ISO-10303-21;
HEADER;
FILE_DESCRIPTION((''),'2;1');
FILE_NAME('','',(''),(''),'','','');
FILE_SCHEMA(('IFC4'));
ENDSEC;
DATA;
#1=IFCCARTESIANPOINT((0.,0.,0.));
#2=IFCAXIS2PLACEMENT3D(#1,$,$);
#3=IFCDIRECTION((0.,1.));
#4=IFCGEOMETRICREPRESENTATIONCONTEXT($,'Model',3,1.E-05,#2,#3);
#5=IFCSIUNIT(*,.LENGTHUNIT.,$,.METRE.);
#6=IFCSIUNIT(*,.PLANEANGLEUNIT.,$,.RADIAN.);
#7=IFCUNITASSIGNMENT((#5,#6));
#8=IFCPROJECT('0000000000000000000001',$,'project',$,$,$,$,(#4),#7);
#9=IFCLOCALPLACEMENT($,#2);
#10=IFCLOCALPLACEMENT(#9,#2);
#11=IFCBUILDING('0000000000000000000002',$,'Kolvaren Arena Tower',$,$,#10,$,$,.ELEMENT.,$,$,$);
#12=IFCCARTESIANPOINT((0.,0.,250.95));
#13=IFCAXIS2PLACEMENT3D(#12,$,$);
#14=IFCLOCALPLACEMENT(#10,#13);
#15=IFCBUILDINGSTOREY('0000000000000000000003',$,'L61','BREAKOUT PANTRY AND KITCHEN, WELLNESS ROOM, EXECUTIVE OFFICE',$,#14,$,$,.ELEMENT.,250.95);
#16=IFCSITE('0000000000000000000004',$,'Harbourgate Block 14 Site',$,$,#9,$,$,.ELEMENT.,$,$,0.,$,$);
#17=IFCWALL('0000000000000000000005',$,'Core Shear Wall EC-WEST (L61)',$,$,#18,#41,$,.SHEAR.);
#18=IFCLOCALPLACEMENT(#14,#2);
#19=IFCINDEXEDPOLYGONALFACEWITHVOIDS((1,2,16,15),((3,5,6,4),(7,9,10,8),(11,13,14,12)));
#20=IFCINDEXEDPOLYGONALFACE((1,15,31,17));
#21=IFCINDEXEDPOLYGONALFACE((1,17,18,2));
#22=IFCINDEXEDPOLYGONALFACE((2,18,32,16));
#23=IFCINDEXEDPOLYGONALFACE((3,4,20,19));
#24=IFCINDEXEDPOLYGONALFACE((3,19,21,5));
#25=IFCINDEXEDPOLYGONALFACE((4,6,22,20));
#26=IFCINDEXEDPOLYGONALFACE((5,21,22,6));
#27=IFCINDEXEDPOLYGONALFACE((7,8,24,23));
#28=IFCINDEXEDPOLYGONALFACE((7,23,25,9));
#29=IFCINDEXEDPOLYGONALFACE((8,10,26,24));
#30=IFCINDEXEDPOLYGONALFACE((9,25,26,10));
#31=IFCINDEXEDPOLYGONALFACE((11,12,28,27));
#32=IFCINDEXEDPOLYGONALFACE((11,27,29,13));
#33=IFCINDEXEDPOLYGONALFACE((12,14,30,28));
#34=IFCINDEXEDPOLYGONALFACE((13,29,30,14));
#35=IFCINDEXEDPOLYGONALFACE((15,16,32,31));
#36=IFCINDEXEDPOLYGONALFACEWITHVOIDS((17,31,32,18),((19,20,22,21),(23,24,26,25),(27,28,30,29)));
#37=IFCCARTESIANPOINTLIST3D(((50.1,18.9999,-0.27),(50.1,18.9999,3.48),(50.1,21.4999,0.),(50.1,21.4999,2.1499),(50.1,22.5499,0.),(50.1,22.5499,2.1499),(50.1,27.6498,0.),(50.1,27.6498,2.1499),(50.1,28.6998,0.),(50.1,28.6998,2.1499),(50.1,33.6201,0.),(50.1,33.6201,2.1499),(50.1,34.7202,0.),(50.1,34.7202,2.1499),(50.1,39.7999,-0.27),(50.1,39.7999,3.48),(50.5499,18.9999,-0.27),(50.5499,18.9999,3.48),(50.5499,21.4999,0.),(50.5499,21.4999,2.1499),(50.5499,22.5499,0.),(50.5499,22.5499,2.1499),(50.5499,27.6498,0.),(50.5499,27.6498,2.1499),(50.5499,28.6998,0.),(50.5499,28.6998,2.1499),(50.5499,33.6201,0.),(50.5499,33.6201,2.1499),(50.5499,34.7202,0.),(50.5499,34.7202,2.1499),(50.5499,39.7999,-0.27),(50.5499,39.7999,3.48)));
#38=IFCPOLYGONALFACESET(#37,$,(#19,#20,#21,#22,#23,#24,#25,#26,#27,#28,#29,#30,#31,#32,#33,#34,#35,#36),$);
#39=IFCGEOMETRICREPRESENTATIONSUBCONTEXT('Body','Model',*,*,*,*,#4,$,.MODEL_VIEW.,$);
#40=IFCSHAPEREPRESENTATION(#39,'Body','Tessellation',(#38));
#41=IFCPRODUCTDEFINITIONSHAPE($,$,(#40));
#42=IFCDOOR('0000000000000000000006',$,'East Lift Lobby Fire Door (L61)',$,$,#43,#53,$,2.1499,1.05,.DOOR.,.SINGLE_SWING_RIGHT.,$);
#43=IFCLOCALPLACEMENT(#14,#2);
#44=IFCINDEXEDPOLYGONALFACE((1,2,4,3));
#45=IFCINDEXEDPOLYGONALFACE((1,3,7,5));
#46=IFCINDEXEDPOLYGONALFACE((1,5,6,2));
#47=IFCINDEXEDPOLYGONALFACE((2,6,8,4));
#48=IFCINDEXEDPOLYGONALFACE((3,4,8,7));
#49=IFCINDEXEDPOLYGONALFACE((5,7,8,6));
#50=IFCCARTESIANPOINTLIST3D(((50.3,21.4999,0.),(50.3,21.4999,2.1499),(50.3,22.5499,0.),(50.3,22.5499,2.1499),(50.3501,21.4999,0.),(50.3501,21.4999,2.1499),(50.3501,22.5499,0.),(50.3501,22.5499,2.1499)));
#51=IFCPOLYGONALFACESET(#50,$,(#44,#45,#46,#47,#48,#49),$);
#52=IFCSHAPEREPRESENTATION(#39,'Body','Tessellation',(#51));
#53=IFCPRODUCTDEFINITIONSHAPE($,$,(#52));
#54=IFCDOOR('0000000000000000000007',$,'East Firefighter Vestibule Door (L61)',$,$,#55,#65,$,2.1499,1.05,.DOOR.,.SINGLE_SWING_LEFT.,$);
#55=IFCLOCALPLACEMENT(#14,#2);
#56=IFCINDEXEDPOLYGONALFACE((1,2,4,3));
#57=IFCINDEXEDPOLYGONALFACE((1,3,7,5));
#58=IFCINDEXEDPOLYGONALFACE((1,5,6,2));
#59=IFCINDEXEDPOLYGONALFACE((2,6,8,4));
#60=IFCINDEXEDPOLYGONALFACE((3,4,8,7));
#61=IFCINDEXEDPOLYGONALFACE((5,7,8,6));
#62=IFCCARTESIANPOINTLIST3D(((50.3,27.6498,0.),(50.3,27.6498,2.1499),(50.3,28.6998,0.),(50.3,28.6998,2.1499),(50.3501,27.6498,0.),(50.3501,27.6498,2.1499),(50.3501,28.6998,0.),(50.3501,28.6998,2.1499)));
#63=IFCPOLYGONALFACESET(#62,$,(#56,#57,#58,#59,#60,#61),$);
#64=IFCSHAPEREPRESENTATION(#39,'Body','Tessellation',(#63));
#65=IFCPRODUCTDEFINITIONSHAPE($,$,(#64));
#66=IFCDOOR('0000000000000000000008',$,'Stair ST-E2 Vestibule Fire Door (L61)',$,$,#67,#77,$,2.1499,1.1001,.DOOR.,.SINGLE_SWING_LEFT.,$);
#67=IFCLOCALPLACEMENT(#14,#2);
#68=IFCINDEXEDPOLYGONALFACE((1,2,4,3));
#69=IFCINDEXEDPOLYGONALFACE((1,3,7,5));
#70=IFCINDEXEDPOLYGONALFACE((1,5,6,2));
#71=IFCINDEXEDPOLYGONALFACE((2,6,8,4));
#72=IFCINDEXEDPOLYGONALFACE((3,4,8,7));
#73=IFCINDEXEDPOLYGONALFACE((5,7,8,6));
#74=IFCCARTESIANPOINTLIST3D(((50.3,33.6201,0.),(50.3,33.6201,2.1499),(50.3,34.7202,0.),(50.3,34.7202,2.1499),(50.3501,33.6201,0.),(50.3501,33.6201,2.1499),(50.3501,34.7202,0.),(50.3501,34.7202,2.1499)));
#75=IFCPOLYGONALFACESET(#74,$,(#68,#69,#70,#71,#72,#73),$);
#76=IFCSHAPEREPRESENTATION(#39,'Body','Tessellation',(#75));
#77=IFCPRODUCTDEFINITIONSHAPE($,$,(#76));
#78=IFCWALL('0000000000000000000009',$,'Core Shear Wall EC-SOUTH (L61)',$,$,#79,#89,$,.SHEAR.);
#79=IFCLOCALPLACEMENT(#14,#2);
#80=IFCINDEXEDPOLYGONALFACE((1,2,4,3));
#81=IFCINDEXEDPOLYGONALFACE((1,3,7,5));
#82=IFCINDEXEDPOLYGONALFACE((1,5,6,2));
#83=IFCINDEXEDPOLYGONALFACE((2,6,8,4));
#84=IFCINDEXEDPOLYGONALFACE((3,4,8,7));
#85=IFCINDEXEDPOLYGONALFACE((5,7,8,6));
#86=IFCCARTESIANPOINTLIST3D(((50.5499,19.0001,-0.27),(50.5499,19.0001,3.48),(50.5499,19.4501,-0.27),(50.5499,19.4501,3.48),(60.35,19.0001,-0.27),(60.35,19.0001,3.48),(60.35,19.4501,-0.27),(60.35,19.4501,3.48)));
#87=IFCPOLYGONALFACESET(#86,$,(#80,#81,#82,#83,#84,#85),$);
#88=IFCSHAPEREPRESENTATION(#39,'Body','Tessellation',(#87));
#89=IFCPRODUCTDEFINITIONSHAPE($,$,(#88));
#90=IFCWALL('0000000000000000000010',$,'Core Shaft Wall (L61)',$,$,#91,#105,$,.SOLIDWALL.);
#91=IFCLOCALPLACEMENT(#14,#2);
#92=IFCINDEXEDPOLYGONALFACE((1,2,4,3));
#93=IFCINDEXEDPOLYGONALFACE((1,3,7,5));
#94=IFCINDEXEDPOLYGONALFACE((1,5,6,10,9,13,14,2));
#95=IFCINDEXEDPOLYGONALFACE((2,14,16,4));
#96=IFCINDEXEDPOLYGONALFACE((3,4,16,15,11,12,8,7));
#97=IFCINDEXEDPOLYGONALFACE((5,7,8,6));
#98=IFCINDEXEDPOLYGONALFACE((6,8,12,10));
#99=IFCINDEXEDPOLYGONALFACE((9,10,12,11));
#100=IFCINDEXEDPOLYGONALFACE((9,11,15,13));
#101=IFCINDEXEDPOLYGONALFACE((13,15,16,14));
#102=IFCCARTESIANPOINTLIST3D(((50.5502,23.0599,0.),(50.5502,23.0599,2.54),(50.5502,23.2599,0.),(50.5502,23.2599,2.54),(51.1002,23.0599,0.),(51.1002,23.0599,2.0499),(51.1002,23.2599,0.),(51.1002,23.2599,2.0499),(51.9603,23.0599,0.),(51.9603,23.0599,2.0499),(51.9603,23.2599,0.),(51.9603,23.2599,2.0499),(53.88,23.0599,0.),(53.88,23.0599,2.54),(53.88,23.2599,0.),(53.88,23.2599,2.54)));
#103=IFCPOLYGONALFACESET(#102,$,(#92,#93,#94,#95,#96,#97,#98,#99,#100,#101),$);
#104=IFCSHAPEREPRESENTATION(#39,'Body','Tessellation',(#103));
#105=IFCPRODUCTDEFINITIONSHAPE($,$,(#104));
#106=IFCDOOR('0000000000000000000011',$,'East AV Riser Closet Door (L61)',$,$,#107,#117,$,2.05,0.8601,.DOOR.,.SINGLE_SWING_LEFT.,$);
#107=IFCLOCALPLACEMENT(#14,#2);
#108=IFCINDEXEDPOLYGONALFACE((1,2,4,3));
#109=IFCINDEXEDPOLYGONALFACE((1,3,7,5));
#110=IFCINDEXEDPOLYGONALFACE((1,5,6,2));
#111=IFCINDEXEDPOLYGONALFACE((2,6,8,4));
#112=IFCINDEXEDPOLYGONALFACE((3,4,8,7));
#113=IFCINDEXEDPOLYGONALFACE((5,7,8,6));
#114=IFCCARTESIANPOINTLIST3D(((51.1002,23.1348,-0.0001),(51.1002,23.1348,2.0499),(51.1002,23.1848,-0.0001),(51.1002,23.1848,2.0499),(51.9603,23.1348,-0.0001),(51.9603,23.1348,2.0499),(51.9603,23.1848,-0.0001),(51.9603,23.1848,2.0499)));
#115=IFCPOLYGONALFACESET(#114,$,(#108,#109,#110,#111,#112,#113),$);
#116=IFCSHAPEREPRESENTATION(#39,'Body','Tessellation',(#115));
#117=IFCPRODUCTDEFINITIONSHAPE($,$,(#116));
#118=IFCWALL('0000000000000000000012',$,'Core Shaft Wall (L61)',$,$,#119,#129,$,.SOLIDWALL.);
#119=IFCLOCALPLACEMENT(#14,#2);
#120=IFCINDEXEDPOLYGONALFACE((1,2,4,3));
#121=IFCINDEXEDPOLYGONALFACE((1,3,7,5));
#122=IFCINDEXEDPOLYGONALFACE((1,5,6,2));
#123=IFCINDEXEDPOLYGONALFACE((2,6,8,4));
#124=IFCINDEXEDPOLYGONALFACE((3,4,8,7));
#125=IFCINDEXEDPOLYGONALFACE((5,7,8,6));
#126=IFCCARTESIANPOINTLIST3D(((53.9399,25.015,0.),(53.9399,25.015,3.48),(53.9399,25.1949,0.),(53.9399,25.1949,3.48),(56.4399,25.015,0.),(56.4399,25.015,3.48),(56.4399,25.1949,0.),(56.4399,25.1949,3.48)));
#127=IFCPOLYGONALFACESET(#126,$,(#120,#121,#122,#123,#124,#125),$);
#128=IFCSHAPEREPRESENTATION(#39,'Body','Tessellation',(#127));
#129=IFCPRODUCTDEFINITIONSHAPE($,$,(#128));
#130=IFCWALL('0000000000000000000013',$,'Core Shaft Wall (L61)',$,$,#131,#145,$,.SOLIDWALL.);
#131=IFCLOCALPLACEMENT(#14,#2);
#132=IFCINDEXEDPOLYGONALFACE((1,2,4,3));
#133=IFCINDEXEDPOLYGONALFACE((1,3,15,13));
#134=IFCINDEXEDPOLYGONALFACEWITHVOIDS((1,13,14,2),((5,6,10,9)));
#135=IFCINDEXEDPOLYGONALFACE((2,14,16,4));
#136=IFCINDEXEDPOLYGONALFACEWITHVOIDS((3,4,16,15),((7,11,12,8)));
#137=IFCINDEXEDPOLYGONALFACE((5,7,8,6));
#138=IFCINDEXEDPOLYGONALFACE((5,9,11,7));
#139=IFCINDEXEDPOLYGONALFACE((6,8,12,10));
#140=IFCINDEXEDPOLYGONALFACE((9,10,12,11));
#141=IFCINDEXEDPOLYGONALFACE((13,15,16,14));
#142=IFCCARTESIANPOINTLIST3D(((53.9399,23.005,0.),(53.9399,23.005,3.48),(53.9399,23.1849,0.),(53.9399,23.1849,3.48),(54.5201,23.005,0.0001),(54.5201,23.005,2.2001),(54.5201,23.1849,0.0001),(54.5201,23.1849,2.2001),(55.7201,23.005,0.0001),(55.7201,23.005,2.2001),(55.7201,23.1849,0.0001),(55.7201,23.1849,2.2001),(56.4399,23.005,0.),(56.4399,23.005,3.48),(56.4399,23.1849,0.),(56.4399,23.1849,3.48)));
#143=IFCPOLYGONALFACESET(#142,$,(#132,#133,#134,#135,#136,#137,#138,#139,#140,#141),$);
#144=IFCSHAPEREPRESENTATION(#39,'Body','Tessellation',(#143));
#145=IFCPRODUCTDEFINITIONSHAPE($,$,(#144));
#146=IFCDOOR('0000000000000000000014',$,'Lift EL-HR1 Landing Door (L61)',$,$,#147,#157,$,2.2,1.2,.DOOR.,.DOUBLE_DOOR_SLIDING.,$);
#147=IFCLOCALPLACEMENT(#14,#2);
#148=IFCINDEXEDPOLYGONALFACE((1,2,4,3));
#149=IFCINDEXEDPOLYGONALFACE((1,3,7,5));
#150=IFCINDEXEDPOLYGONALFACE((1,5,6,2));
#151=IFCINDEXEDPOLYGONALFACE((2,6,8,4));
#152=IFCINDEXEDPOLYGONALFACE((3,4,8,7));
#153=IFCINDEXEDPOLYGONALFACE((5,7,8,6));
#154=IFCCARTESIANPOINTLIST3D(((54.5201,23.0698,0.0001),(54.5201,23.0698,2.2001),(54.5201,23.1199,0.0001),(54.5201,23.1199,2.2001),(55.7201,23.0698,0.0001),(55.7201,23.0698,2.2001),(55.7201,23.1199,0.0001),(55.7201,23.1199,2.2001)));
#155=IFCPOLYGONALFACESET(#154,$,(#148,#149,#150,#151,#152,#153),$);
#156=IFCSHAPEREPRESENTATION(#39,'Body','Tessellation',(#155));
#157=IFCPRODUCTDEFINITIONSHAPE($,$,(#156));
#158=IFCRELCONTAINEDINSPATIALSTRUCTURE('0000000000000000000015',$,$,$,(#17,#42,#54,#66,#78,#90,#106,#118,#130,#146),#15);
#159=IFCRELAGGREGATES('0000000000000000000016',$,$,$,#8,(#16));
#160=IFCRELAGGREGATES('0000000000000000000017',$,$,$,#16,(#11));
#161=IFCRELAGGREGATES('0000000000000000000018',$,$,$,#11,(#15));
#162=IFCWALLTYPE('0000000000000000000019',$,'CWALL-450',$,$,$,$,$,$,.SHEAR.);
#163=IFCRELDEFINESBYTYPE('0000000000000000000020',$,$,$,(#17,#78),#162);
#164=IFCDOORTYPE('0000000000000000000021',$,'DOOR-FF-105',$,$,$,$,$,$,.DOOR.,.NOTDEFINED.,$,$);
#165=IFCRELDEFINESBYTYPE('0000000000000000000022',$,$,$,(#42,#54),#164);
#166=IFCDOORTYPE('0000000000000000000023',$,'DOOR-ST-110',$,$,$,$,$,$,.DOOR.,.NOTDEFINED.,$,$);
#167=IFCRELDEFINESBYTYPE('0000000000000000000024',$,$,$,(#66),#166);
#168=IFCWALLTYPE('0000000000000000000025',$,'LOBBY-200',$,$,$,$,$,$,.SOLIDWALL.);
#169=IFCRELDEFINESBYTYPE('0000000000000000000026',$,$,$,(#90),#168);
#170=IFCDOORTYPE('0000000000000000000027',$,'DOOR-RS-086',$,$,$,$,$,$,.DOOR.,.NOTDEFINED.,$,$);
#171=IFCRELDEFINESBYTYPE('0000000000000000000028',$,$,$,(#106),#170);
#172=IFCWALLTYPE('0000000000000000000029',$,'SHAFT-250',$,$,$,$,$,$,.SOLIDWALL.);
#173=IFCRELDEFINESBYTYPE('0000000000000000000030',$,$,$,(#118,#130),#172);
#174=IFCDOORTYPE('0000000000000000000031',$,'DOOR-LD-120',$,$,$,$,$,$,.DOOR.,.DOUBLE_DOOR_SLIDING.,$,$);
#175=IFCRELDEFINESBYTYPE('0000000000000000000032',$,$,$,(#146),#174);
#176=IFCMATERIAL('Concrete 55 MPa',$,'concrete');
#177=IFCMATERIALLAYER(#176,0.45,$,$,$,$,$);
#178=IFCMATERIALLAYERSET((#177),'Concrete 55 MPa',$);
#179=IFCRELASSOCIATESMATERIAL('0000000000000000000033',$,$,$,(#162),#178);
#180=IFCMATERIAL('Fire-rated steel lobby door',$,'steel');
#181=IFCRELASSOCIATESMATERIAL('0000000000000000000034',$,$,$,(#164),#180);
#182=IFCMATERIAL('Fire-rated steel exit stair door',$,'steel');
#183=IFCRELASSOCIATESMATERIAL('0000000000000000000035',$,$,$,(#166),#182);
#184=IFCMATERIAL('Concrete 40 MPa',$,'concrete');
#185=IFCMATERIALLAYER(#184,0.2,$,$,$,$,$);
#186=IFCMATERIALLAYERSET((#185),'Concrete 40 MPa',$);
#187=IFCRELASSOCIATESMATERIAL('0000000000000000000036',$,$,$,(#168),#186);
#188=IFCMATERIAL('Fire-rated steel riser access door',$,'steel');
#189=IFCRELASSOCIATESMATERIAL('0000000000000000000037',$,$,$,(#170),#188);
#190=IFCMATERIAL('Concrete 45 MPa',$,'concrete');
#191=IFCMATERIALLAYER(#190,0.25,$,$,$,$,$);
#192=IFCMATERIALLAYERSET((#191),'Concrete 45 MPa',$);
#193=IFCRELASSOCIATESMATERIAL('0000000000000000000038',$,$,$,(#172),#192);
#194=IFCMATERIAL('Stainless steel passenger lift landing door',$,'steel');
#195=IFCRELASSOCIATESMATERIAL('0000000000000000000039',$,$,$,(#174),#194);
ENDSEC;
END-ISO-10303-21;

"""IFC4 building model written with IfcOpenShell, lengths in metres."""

from ifc_helpers import new_model, si_unit, direction, frame, frame_2d, origin, place, context, subcontext, project, spatial, rectangle, extrude, material, layer, layer_set, type_object, element, fill, save


model = new_model("IFC4")

# Units and contexts
model_context = context("Model", 3, precision=1e-05, world=origin(), true_north=direction((0.0, 1.0)))
body_context = subcontext(model_context, "Body", "Model", "MODEL_VIEW")
ifc_project = project(units=[si_unit("LENGTHUNIT", "METRE"), si_unit("PLANEANGLEUNIT", "RADIAN")], contexts=[model_context])

# Site, building, storey
site_placement = place(None, origin())
site = spatial("IfcSite", under=ifc_project, at=site_placement, Name="Harbourgate Block 14 Site", CompositionType="ELEMENT", RefElevation=0.0)
building_placement = place(site_placement, origin())
building = spatial("IfcBuilding", under=site, at=building_placement, Name="Kolvaren Arena Tower", CompositionType="ELEMENT")
storey_placement = place(building_placement, frame((0.0, 0.0, 250.95)))
storey = spatial("IfcBuildingStorey", under=building, at=storey_placement, Name="L61", Description="BREAKOUT PANTRY AND KITCHEN, WELLNESS ROOM, EXECUTIVE OFFICE", CompositionType="ELEMENT", Elevation=250.95)

# Wall, openings, doors
ifc_material_1 = material(Name="Concrete 55 MPa", Category="concrete")
ifc_layer_1 = layer(ifc_material_1, 0.45)
ifc_layer_set_1 = layer_set([ifc_layer_1], Name="Concrete 55 MPa")
wall_type_1 = type_object("IfcWallType", Name="CWALL-450", PredefinedType="SHEAR", material=ifc_layer_set_1)
wall_1_placement = place(storey_placement, frame((50.325, 19.0, -0.27), z_axis=(0.0, 0.0, 1.0), x_axis=(0.0, 1.0, 0.0)))
wall_1 = element("IfcWall", 1, at=wall_1_placement, inside=storey, type_object=wall_type_1, Name="Core Shear Wall EC-WEST (L61)", PredefinedType="SHEAR", context=body_context, shape_type="SweptSolid", body=[
    extrude(rectangle(XDim=20.8, YDim=0.45, at=frame_2d((10.3999, 0.0))), origin(), (0.0, 0.0, 1.0), 3.75),
])
opening_1_placement = place(wall_1_placement, frame((2.5, 0.0, 0.27)))
opening_1 = element("IfcOpeningElement", 2, at=opening_1_placement, cuts=wall_1, PredefinedType="OPENING", context=body_context, shape_type="SweptSolid", body=[
    extrude(rectangle(XDim=1.05, YDim=2.1499, at=frame_2d((0.5249, 1.075))), frame((0.0, 0.2349, 0.0), z_axis=(0.0, -1.0, 0.0), x_axis=(1.0, 0.0, 0.0)), (0.0, 0.0, 1.0), 0.47),
])
opening_2_placement = place(wall_1_placement, frame((8.6499, 0.0, 0.27)))
opening_2 = element("IfcOpeningElement", 3, at=opening_2_placement, cuts=wall_1, PredefinedType="OPENING", context=body_context, shape_type="SweptSolid", body=[
    extrude(rectangle(XDim=1.05, YDim=2.1499, at=frame_2d((0.5249, 1.075))), frame((0.0, 0.2349, 0.0), z_axis=(0.0, -1.0, 0.0), x_axis=(1.0, 0.0, 0.0)), (0.0, 0.0, 1.0), 0.47),
])
opening_3_placement = place(wall_1_placement, frame((14.6201, 0.0, 0.27)))
opening_3 = element("IfcOpeningElement", 4, at=opening_3_placement, cuts=wall_1, PredefinedType="OPENING", context=body_context, shape_type="SweptSolid", body=[
    extrude(rectangle(XDim=1.1001, YDim=2.1499, at=frame_2d((0.55, 1.075))), frame((0.0, 0.2349, 0.0), z_axis=(0.0, -1.0, 0.0), x_axis=(1.0, 0.0, 0.0)), (0.0, 0.0, 1.0), 0.47),
])
ifc_material_2 = material(Name="Fire-rated steel lobby door", Category="steel")
door_type_1 = type_object("IfcDoorType", Name="DOOR-FF-105", OperationType="NOTDEFINED", PredefinedType="DOOR", material=ifc_material_2)
door_1_placement = place(opening_1_placement, origin())
door_1 = element("IfcDoor", 5, at=door_1_placement, inside=storey, type_object=door_type_1, Name="East Lift Lobby Fire Door (L61)", OperationType="SINGLE_SWING_RIGHT", OverallHeight=2.1499, OverallWidth=1.05, PredefinedType="DOOR", context=body_context, shape_type="SweptSolid", body=[
    extrude(rectangle(XDim=1.05, YDim=2.1499, at=frame_2d((0.5249, 1.075))), frame((0.0, 0.0249, 0.0), z_axis=(0.0, -1.0, 0.0), x_axis=(1.0, 0.0, 0.0)), (0.0, 0.0, 1.0), 0.05),
])
fill(opening_1, door_1)
door_2_placement = place(opening_2_placement, origin())
door_2 = element("IfcDoor", 6, at=door_2_placement, inside=storey, type_object=door_type_1, Name="East Firefighter Vestibule Door (L61)", OperationType="SINGLE_SWING_LEFT", OverallHeight=2.1499, OverallWidth=1.05, PredefinedType="DOOR", context=body_context, shape_type="SweptSolid", body=[
    extrude(rectangle(XDim=1.05, YDim=2.1499, at=frame_2d((0.5249, 1.075))), frame((0.0, 0.0249, 0.0), z_axis=(0.0, -1.0, 0.0), x_axis=(1.0, 0.0, 0.0)), (0.0, 0.0, 1.0), 0.05),
])
fill(opening_2, door_2)
ifc_material_3 = material(Name="Fire-rated steel exit stair door", Category="steel")
door_type_2 = type_object("IfcDoorType", Name="DOOR-ST-110", OperationType="NOTDEFINED", PredefinedType="DOOR", material=ifc_material_3)
door_3_placement = place(opening_3_placement, origin())
door_3 = element("IfcDoor", 7, at=door_3_placement, inside=storey, type_object=door_type_2, Name="Stair ST-E2 Vestibule Fire Door (L61)", OperationType="SINGLE_SWING_LEFT", OverallHeight=2.1499, OverallWidth=1.1001, PredefinedType="DOOR", context=body_context, shape_type="SweptSolid", body=[
    extrude(rectangle(XDim=1.1001, YDim=2.1499, at=frame_2d((0.55, 1.075))), frame((0.0, 0.0249, 0.0), z_axis=(0.0, -1.0, 0.0), x_axis=(1.0, 0.0, 0.0)), (0.0, 0.0, 1.0), 0.05),
])
fill(opening_3, door_3)

# Wall
wall_2_placement = place(storey_placement, frame((50.55, 19.2251, -0.27), z_axis=(0.0, 0.0, 1.0), x_axis=(1.0, 0.0, 0.0)))
element("IfcWall", 8, at=wall_2_placement, inside=storey, type_object=wall_type_1, Name="Core Shear Wall EC-SOUTH (L61)", PredefinedType="SHEAR", context=body_context, shape_type="SweptSolid", body=[
    extrude(rectangle(XDim=9.8, YDim=0.45, at=frame_2d((4.8999, 0.0))), origin(), (0.0, 0.0, 1.0), 3.75),
])

# Shared definitions
ifc_material_4 = material(Name="Concrete 40 MPa", Category="concrete")
ifc_layer_2 = layer(ifc_material_4, 0.2)
ifc_layer_set_2 = layer_set([ifc_layer_2], Name="Concrete 40 MPa")
wall_type_2 = type_object("IfcWallType", Name="LOBBY-200", PredefinedType="SOLIDWALL", material=ifc_layer_set_2)

# Wall, opening, door
wall_3_placement = place(storey_placement, frame((50.55, 23.1599, 0.0), z_axis=(0.0, 0.0, 1.0), x_axis=(1.0, 0.0, 0.0)))
wall_3 = element("IfcWall", 9, at=wall_3_placement, inside=storey, type_object=wall_type_2, Name="Core Shaft Wall (L61)", PredefinedType="SOLIDWALL", context=body_context, shape_type="SweptSolid", body=[
    extrude(rectangle(XDim=3.3298, YDim=0.2, at=frame_2d((1.665, 0.0))), origin(), (0.0, 0.0, 1.0), 2.54),
])
opening_4_placement = place(wall_3_placement, frame((0.55, 0.0, 0.0)))
opening_4 = element("IfcOpeningElement", 10, at=opening_4_placement, cuts=wall_3, PredefinedType="OPENING", context=body_context, shape_type="SweptSolid", body=[
    extrude(rectangle(XDim=0.8601, YDim=2.05, at=frame_2d((0.4302, 1.0249))), frame((0.0, 0.1099, 0.0), z_axis=(0.0, -1.0, 0.0), x_axis=(1.0, 0.0, 0.0)), (0.0, 0.0, 1.0), 0.22),
])
ifc_material_5 = material(Name="Fire-rated steel riser access door", Category="steel")
door_type_3 = type_object("IfcDoorType", Name="DOOR-RS-086", OperationType="NOTDEFINED", PredefinedType="DOOR", material=ifc_material_5)
door_4_placement = place(opening_4_placement, origin())
door_4 = element("IfcDoor", 11, at=door_4_placement, inside=storey, type_object=door_type_3, Name="East AV Riser Closet Door (L61)", OperationType="SINGLE_SWING_LEFT", OverallHeight=2.05, OverallWidth=0.8601, PredefinedType="DOOR", context=body_context, shape_type="SweptSolid", body=[
    extrude(rectangle(XDim=0.8601, YDim=2.05, at=frame_2d((0.4302, 1.0249))), frame((0.0, 0.0249, 0.0), z_axis=(0.0, -1.0, 0.0), x_axis=(1.0, 0.0, 0.0)), (0.0, 0.0, 1.0), 0.05),
])
fill(opening_4, door_4)

# Wall
ifc_material_6 = material(Name="Concrete 45 MPa", Category="concrete")
ifc_layer_3 = layer(ifc_material_6, 0.25)
ifc_layer_set_3 = layer_set([ifc_layer_3], Name="Concrete 45 MPa")
wall_type_3 = type_object("IfcWallType", Name="SHAFT-250", PredefinedType="SOLIDWALL", material=ifc_layer_set_3)
wall_4_placement = place(storey_placement, frame((53.9399, 25.105, 0.0), z_axis=(0.0, 0.0, 1.0), x_axis=(1.0, 0.0, 0.0)))
element("IfcWall", 12, at=wall_4_placement, inside=storey, type_object=wall_type_3, Name="Core Shaft Wall (L61)", PredefinedType="SOLIDWALL", context=body_context, shape_type="SweptSolid", body=[
    extrude(rectangle(XDim=2.5, YDim=0.1799, at=frame_2d((1.25, 0.0))), origin(), (0.0, 0.0, 1.0), 3.48),
])

# Wall, opening, door
wall_5_placement = place(storey_placement, frame((53.9399, 23.095, 0.0), z_axis=(0.0, 0.0, 1.0), x_axis=(1.0, 0.0, 0.0)))
wall_5 = element("IfcWall", 13, at=wall_5_placement, inside=storey, type_object=wall_type_3, Name="Core Shaft Wall (L61)", PredefinedType="SOLIDWALL", context=body_context, shape_type="SweptSolid", body=[
    extrude(rectangle(XDim=2.5, YDim=0.1799, at=frame_2d((1.25, 0.0))), origin(), (0.0, 0.0, 1.0), 3.48),
])
opening_5_placement = place(wall_5_placement, frame((0.5801, 0.0, 0.0)))
opening_5 = element("IfcOpeningElement", 14, at=opening_5_placement, cuts=wall_5, PredefinedType="OPENING", context=body_context, shape_type="SweptSolid", body=[
    extrude(rectangle(XDim=1.2, YDim=2.2, at=frame_2d((0.6001, 1.1001))), frame((0.0, 0.0999, 0.0), z_axis=(0.0, -1.0, 0.0), x_axis=(1.0, 0.0, 0.0)), (0.0, 0.0, 1.0), 0.2),
])
ifc_material_7 = material(Name="Stainless steel passenger lift landing door", Category="steel")
door_type_4 = type_object("IfcDoorType", Name="DOOR-LD-120", OperationType="DOUBLE_DOOR_SLIDING", PredefinedType="DOOR", material=ifc_material_7)
door_5_placement = place(opening_5_placement, origin())
door_5 = element("IfcDoor", 15, at=door_5_placement, inside=storey, type_object=door_type_4, Name="Lift EL-HR1 Landing Door (L61)", OperationType="DOUBLE_DOOR_SLIDING", OverallHeight=2.2, OverallWidth=1.2, PredefinedType="DOOR", context=body_context, shape_type="SweptSolid", body=[
    extrude(rectangle(XDim=1.2, YDim=2.2, at=frame_2d((0.6001, 1.1001))), frame((0.0, 0.0249, 0.0), z_axis=(0.0, -1.0, 0.0), x_axis=(1.0, 0.0, 0.0)), (0.0, 0.0, 1.0), 0.05),
])
fill(opening_5, door_5)

save(model, "model.ifc")
